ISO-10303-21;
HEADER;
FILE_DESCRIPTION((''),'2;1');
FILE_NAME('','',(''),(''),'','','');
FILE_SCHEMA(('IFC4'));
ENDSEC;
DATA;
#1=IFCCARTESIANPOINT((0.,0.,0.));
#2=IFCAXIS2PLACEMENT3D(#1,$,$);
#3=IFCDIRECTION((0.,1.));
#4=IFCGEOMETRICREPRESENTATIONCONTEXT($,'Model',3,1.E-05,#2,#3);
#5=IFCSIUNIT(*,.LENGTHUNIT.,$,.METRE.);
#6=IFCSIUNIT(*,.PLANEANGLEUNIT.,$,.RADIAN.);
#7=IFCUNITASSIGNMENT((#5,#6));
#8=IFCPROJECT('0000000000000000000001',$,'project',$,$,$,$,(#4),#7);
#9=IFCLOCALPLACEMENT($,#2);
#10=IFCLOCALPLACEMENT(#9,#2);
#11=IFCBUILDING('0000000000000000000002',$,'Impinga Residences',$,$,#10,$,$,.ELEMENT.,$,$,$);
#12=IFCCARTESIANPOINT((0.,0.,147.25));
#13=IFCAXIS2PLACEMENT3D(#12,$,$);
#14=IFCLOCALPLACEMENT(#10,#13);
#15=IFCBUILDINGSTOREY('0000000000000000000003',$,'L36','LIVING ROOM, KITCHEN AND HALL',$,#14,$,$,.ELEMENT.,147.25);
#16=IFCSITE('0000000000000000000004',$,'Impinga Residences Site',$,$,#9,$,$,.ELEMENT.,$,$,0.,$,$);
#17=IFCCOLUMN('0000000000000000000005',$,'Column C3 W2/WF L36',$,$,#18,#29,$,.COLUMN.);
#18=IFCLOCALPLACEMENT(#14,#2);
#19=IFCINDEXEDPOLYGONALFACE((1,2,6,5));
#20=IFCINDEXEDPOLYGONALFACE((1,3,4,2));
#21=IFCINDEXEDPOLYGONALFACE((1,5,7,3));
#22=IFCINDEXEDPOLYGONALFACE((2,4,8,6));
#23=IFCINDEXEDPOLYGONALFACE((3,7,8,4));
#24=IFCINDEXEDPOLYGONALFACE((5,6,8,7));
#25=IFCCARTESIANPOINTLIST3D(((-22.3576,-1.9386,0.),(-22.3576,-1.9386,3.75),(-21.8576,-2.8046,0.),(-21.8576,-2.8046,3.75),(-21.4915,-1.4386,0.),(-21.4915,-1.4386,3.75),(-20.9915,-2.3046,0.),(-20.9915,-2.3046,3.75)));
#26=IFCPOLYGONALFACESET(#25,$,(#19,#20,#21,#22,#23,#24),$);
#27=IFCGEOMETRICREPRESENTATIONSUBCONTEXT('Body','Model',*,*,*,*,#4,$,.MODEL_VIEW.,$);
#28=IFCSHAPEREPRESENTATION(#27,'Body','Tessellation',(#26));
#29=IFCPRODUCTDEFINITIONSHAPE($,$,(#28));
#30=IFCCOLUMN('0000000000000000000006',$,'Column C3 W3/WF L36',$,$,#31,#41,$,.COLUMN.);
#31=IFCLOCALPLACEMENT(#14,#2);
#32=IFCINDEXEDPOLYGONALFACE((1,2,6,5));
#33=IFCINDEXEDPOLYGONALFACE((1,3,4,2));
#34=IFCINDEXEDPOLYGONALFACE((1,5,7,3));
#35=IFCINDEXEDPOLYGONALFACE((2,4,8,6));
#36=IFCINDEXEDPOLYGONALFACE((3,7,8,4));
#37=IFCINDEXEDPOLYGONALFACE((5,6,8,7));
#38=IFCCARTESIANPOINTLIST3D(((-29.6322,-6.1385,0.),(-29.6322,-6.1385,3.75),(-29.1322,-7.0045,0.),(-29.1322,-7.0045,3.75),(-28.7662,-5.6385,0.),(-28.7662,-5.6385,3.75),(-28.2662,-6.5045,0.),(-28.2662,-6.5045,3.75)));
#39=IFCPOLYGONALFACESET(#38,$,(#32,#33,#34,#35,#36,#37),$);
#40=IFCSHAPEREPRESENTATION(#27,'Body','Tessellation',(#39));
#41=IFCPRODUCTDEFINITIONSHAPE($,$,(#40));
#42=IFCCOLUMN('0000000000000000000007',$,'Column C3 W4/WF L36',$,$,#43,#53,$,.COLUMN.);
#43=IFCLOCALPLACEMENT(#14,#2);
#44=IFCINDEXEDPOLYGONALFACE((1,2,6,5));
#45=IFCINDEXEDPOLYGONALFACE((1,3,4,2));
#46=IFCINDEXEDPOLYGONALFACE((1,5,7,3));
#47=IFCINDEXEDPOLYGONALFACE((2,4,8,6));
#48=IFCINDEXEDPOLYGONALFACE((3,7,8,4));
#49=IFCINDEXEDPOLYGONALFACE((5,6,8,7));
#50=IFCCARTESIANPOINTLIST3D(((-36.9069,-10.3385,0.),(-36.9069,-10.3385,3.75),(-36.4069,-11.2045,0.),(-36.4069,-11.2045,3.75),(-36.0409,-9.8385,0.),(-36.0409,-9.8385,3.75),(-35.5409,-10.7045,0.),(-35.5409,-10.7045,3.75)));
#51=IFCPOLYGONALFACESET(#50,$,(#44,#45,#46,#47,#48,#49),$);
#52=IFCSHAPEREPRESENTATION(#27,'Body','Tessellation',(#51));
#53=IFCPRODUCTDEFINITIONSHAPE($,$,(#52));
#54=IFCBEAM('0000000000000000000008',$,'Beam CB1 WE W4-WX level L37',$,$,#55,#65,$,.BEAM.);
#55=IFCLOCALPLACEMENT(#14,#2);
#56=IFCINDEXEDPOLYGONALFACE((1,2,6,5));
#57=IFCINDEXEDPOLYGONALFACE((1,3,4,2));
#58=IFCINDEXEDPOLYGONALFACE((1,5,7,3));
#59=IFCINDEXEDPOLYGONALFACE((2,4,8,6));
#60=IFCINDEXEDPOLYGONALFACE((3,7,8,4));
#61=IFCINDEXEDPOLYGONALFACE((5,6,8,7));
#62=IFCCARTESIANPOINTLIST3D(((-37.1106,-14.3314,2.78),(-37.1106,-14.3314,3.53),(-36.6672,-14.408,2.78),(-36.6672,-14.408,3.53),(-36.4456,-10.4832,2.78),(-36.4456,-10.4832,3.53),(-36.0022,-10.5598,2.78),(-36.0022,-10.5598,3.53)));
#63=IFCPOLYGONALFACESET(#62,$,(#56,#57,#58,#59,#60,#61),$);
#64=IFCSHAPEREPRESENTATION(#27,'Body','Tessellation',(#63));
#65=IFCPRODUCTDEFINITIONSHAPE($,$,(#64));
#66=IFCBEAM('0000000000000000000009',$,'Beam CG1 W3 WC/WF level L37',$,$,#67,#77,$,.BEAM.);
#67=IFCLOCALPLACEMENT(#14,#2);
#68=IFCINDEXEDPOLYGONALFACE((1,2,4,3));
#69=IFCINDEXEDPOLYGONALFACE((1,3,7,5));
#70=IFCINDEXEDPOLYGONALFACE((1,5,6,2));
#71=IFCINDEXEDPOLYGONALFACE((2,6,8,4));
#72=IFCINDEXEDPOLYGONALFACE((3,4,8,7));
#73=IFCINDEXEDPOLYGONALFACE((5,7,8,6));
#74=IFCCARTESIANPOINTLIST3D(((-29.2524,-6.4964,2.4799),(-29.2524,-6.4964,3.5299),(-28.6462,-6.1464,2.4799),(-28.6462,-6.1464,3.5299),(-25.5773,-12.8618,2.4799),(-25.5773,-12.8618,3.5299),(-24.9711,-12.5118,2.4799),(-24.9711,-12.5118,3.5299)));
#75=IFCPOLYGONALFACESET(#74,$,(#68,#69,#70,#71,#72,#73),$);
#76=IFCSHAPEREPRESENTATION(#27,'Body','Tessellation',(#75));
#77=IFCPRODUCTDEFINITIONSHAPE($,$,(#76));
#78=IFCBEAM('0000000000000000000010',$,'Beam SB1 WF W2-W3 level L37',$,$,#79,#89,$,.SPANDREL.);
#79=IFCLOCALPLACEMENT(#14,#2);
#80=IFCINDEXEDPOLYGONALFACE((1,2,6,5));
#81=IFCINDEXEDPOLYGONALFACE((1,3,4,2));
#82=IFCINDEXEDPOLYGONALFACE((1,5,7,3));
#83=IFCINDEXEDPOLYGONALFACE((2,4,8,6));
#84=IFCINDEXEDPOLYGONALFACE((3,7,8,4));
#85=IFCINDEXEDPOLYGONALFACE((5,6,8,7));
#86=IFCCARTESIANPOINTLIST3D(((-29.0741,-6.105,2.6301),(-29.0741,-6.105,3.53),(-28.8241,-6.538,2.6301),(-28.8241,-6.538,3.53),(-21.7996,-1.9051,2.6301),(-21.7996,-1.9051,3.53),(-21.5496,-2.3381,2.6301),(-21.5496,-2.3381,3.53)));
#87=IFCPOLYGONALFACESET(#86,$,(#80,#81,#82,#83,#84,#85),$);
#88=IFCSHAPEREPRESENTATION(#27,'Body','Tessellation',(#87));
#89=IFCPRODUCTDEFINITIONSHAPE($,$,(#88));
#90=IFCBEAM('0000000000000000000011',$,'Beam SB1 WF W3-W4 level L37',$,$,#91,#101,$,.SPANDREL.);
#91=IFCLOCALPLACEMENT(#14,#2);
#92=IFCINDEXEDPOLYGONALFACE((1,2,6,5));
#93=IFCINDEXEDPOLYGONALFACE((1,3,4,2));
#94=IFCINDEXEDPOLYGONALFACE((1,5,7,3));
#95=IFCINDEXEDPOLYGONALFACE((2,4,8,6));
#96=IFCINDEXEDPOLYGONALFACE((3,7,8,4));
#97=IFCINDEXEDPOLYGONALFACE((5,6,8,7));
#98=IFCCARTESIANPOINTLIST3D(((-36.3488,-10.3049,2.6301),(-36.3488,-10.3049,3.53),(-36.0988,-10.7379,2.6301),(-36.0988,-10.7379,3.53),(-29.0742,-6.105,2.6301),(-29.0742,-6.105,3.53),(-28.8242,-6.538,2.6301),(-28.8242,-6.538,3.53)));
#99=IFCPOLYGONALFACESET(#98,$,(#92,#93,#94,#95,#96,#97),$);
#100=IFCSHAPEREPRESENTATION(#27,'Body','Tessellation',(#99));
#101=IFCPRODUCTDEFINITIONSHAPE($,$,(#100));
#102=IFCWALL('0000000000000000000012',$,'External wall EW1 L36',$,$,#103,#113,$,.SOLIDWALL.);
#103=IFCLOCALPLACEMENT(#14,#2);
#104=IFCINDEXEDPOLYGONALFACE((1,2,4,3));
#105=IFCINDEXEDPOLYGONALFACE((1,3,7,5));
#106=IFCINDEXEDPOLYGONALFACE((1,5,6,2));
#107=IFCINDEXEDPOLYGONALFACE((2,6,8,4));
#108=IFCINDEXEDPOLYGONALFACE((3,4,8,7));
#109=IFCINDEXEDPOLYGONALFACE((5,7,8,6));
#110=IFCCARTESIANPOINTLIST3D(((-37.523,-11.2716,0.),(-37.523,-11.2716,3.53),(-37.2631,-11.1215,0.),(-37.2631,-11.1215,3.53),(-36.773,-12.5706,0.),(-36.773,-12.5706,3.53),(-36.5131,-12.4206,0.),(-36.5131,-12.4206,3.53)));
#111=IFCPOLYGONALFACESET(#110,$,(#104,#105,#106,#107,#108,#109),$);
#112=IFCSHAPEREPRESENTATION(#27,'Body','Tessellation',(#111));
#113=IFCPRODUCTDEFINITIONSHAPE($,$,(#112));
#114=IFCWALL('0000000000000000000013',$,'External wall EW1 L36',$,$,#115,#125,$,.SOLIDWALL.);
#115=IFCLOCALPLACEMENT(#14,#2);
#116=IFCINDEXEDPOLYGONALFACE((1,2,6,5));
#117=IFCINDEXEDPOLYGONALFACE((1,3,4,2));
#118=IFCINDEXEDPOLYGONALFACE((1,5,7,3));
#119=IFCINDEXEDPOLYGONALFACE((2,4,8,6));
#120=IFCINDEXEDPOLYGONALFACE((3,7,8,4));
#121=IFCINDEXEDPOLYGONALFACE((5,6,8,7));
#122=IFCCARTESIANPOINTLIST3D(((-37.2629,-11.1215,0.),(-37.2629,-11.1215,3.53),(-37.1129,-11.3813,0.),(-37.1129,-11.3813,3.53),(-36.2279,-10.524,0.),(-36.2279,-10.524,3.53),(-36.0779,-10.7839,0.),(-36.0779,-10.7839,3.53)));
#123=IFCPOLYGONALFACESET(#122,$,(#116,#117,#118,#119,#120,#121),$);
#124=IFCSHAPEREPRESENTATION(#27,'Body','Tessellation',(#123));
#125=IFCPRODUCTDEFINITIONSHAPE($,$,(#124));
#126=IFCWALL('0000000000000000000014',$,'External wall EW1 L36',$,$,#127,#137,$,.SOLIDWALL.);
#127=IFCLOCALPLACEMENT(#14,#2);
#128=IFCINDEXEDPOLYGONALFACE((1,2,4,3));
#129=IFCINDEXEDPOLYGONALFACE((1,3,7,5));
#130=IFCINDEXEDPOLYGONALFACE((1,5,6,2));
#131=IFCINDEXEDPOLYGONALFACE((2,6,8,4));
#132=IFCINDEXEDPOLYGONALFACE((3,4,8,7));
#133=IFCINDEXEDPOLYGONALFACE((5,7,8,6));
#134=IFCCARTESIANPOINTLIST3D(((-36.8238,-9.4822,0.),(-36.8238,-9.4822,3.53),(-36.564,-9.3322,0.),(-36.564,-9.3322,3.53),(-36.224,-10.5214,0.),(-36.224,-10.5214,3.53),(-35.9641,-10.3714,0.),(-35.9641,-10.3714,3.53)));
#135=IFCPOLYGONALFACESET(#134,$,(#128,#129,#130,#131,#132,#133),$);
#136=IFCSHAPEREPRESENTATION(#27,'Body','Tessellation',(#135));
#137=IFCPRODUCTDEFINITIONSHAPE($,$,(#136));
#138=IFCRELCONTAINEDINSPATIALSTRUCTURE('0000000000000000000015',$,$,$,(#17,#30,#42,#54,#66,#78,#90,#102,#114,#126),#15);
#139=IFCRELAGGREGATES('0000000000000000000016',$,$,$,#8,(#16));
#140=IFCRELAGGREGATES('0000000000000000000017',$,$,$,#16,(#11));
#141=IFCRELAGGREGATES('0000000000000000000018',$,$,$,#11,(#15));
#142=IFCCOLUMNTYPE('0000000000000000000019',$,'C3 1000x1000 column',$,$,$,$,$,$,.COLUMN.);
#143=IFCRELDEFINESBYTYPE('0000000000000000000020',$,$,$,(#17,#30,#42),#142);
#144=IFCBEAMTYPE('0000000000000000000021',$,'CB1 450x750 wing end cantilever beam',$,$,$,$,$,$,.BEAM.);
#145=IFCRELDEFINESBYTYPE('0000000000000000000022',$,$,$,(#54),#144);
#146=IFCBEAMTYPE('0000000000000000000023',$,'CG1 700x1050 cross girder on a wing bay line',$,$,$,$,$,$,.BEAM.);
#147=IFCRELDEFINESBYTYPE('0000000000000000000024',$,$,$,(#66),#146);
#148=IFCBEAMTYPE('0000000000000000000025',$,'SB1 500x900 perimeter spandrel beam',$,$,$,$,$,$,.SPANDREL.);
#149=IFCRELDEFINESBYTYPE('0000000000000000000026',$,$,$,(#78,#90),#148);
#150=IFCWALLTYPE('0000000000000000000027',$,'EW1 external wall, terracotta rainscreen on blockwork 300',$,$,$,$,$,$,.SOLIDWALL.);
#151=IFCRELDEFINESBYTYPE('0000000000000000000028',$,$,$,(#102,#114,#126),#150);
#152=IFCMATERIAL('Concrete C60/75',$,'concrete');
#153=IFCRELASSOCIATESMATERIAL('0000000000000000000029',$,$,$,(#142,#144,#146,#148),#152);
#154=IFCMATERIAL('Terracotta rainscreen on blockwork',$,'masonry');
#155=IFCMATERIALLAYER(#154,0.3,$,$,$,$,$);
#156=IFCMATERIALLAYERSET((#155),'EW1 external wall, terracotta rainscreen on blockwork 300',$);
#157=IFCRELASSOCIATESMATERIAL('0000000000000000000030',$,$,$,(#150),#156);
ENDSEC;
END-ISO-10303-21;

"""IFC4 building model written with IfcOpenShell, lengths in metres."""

from ifc_helpers import new_model, si_unit, direction, frame, frame_2d, origin, origin_2d, place, context, subcontext, project, spatial, rectangle, extrude, material, layer, layer_set, material_profile, profile_set, type_object, element, save


model = new_model("IFC4")

# Units and contexts
model_context = context("Model", 3, precision=1e-05, world=origin(), true_north=direction((0.0, 1.0)))
body_context = subcontext(model_context, "Body", "Model", "MODEL_VIEW")
ifc_project = project(units=[si_unit("LENGTHUNIT", "METRE"), si_unit("PLANEANGLEUNIT", "RADIAN")], contexts=[model_context])

# Site, building, storey
site_placement = place(None, origin())
site = spatial("IfcSite", under=ifc_project, at=site_placement, Name="Impinga Residences Site", CompositionType="ELEMENT", RefElevation=0.0)
building_placement = place(site_placement, origin())
building = spatial("IfcBuilding", under=site, at=building_placement, Name="Impinga Residences", CompositionType="ELEMENT")
storey_placement = place(building_placement, frame((0.0, 0.0, 147.25)))
storey = spatial("IfcBuildingStorey", under=building, at=storey_placement, Name="L36", Description="LIVING ROOM, KITCHEN AND HALL", CompositionType="ELEMENT", Elevation=147.25)

# Columns
ifc_material_1 = material(Name="Concrete C60/75", Category="concrete")
ifc_material_profile_1 = material_profile(ifc_material_1, rectangle(XDim=1.0, YDim=1.0, at=origin_2d()), Name="RC 1000x1000")
ifc_profile_set_1 = profile_set([ifc_material_profile_1], Name="Concrete C60/75")
column_type = type_object("IfcColumnType", Name="C3 1000x1000 column", PredefinedType="COLUMN", material=ifc_profile_set_1)
for number, where, z_axis, x_axis, name in (
    (1, (-21.6746, -2.1216, 0.0), (0.0, 0.0, 1.0), (-0.5, 0.866025, 0.0), "Column C3 W2/WF L36"),
    (2, (-28.9492, -6.3215, 0.0), (0.0, 0.0, 1.0), (-0.5, 0.866025, 0.0), "Column C3 W3/WF L36"),
    (3, (-36.2239, -10.5215, 0.0), (0.0, 0.0, 1.0), (-0.5, 0.866025, 0.0), "Column C3 W4/WF L36"),
):
    element("IfcColumn", number, at=place(storey_placement, frame(where, z_axis=z_axis, x_axis=x_axis)), inside=storey, type_object=column_type, Name=name, PredefinedType="COLUMN", context=body_context, shape_type="SweptSolid", body=[
        extrude(rectangle(XDim=1.0, YDim=1.0, at=origin_2d()), origin(), (0.0, 0.0, 1.0), 3.75),
    ])

# Beams
ifc_material_profile_2 = material_profile(ifc_material_1, rectangle(XDim=0.45, YDim=0.75, at=origin_2d()), Name="RC 450x750")
ifc_profile_set_2 = profile_set([ifc_material_profile_2], Name="Concrete C60/75")
beam_type_1 = type_object("IfcBeamType", Name="CB1 450x750 wing end cantilever beam", PredefinedType="BEAM", material=ifc_profile_set_2)
beam_1_placement = place(storey_placement, frame((-36.2239, -10.5215, 3.155), z_axis=(-0.170296, -0.985393, 0.0), x_axis=(0.985393, -0.170296, 0.0)))
element("IfcBeam", 4, at=beam_1_placement, inside=storey, type_object=beam_type_1, Name="Beam CB1 WE W4-WX level L37", PredefinedType="BEAM", context=body_context, shape_type="SweptSolid", body=[
    extrude(rectangle(XDim=0.45, YDim=0.75, at=origin_2d()), origin(), (0.0, 0.0, 1.0), 3.9053),
])
ifc_material_profile_3 = material_profile(ifc_material_1, rectangle(XDim=0.7, YDim=1.05, at=origin_2d()), Name="RC 700x1050")
ifc_profile_set_3 = profile_set([ifc_material_profile_3], Name="Concrete C60/75")
beam_type_2 = type_object("IfcBeamType", Name="CG1 700x1050 cross girder on a wing bay line", PredefinedType="BEAM", material=ifc_profile_set_3)
beam_2_placement = place(storey_placement, frame((-25.2742, -12.6868, 3.0049), z_axis=(-0.500008, 0.866021, 0.0), x_axis=(-0.866021, -0.500008, 0.0)))
element("IfcBeam", 5, at=beam_2_placement, inside=storey, type_object=beam_type_2, Name="Beam CG1 W3 WC/WF level L37", PredefinedType="BEAM", context=body_context, shape_type="SweptSolid", body=[
    extrude(rectangle(XDim=0.7, YDim=1.05, at=origin_2d()), origin(), (0.0, 0.0, 1.0), 7.3501),
])
ifc_material_profile_4 = material_profile(ifc_material_1, rectangle(XDim=0.5, YDim=0.8999, at=origin_2d()), Name="RC 500x900")
ifc_profile_set_4 = profile_set([ifc_material_profile_4], Name="Concrete C60/75")
beam_type_3 = type_object("IfcBeamType", Name="SB1 500x900 perimeter spandrel beam", PredefinedType="SPANDREL", material=ifc_profile_set_4)
for number, where, z_axis, x_axis, name in (
    (6, (-21.6746, -2.1216, 3.0801), (-0.866029, -0.499993, 0.0), (0.499993, -0.866029, 0.0), "Beam SB1 WF W2-W3 level L37"),
    (7, (-28.9492, -6.3215, 3.0801), (-0.866029, -0.499993, 0.0), (0.499993, -0.866029, 0.0), "Beam SB1 WF W3-W4 level L37"),
):
    element("IfcBeam", number, at=place(storey_placement, frame(where, z_axis=z_axis, x_axis=x_axis)), inside=storey, type_object=beam_type_3, Name=name, PredefinedType="SPANDREL", context=body_context, shape_type="SweptSolid", body=[
        extrude(rectangle(XDim=0.5, YDim=0.8999, at=origin_2d()), origin(), (0.0, 0.0, 1.0), 8.3999),
    ])

# Walls
ifc_material_2 = material(Name="Terracotta rainscreen on blockwork", Category="masonry")
ifc_layer_1 = layer(ifc_material_2, 0.3)
ifc_layer_set_1 = layer_set([ifc_layer_1], Name="EW1 external wall, terracotta rainscreen on blockwork 300")
wall_type_1 = type_object("IfcWallType", Name="EW1 external wall, terracotta rainscreen on blockwork 300", PredefinedType="SOLIDWALL", material=ifc_layer_set_1)
wall_1_placement = place(storey_placement, frame((-36.6431, -12.4956, 0.0), z_axis=(0.0, 0.0, 1.0), x_axis=(-0.49999, 0.866031, 0.0)))
element("IfcWall", 8, at=wall_1_placement, inside=storey, type_object=wall_type_1, Name="External wall EW1 L36", PredefinedType="SOLIDWALL", context=body_context, shape_type="SweptSolid", body=[
    extrude(rectangle(XDim=1.5, YDim=0.3, at=frame_2d((0.75, 0.0))), origin(), (0.0, 0.0, 1.0), 3.53),
])
wall_2_placement = place(storey_placement, frame((-37.188, -11.2515, 0.0), z_axis=(0.0, 0.0, 1.0), x_axis=(0.86606, 0.499941, 0.0)))
element("IfcWall", 9, at=wall_2_placement, inside=storey, type_object=wall_type_1, Name="External wall EW1 L36", PredefinedType="SOLIDWALL", context=body_context, shape_type="SweptSolid", body=[
    extrude(rectangle(XDim=1.1951, YDim=0.3, at=frame_2d((0.5977, 0.0))), origin(), (0.0, 0.0, 1.0), 3.53),
])
wall_3_placement = place(storey_placement, frame((-36.094, -10.4465, 0.0), z_axis=(0.0, 0.0, 1.0), x_axis=(-0.499881, 0.866094, 0.0)))
element("IfcWall", 10, at=wall_3_placement, inside=storey, type_object=wall_type_1, Name="External wall EW1 L36", PredefinedType="SOLIDWALL", context=body_context, shape_type="SweptSolid", body=[
    extrude(rectangle(XDim=1.2, YDim=0.3, at=frame_2d((0.6001, 0.0))), origin(), (0.0, 0.0, 1.0), 3.53),
])

save(model, "model.ifc")
